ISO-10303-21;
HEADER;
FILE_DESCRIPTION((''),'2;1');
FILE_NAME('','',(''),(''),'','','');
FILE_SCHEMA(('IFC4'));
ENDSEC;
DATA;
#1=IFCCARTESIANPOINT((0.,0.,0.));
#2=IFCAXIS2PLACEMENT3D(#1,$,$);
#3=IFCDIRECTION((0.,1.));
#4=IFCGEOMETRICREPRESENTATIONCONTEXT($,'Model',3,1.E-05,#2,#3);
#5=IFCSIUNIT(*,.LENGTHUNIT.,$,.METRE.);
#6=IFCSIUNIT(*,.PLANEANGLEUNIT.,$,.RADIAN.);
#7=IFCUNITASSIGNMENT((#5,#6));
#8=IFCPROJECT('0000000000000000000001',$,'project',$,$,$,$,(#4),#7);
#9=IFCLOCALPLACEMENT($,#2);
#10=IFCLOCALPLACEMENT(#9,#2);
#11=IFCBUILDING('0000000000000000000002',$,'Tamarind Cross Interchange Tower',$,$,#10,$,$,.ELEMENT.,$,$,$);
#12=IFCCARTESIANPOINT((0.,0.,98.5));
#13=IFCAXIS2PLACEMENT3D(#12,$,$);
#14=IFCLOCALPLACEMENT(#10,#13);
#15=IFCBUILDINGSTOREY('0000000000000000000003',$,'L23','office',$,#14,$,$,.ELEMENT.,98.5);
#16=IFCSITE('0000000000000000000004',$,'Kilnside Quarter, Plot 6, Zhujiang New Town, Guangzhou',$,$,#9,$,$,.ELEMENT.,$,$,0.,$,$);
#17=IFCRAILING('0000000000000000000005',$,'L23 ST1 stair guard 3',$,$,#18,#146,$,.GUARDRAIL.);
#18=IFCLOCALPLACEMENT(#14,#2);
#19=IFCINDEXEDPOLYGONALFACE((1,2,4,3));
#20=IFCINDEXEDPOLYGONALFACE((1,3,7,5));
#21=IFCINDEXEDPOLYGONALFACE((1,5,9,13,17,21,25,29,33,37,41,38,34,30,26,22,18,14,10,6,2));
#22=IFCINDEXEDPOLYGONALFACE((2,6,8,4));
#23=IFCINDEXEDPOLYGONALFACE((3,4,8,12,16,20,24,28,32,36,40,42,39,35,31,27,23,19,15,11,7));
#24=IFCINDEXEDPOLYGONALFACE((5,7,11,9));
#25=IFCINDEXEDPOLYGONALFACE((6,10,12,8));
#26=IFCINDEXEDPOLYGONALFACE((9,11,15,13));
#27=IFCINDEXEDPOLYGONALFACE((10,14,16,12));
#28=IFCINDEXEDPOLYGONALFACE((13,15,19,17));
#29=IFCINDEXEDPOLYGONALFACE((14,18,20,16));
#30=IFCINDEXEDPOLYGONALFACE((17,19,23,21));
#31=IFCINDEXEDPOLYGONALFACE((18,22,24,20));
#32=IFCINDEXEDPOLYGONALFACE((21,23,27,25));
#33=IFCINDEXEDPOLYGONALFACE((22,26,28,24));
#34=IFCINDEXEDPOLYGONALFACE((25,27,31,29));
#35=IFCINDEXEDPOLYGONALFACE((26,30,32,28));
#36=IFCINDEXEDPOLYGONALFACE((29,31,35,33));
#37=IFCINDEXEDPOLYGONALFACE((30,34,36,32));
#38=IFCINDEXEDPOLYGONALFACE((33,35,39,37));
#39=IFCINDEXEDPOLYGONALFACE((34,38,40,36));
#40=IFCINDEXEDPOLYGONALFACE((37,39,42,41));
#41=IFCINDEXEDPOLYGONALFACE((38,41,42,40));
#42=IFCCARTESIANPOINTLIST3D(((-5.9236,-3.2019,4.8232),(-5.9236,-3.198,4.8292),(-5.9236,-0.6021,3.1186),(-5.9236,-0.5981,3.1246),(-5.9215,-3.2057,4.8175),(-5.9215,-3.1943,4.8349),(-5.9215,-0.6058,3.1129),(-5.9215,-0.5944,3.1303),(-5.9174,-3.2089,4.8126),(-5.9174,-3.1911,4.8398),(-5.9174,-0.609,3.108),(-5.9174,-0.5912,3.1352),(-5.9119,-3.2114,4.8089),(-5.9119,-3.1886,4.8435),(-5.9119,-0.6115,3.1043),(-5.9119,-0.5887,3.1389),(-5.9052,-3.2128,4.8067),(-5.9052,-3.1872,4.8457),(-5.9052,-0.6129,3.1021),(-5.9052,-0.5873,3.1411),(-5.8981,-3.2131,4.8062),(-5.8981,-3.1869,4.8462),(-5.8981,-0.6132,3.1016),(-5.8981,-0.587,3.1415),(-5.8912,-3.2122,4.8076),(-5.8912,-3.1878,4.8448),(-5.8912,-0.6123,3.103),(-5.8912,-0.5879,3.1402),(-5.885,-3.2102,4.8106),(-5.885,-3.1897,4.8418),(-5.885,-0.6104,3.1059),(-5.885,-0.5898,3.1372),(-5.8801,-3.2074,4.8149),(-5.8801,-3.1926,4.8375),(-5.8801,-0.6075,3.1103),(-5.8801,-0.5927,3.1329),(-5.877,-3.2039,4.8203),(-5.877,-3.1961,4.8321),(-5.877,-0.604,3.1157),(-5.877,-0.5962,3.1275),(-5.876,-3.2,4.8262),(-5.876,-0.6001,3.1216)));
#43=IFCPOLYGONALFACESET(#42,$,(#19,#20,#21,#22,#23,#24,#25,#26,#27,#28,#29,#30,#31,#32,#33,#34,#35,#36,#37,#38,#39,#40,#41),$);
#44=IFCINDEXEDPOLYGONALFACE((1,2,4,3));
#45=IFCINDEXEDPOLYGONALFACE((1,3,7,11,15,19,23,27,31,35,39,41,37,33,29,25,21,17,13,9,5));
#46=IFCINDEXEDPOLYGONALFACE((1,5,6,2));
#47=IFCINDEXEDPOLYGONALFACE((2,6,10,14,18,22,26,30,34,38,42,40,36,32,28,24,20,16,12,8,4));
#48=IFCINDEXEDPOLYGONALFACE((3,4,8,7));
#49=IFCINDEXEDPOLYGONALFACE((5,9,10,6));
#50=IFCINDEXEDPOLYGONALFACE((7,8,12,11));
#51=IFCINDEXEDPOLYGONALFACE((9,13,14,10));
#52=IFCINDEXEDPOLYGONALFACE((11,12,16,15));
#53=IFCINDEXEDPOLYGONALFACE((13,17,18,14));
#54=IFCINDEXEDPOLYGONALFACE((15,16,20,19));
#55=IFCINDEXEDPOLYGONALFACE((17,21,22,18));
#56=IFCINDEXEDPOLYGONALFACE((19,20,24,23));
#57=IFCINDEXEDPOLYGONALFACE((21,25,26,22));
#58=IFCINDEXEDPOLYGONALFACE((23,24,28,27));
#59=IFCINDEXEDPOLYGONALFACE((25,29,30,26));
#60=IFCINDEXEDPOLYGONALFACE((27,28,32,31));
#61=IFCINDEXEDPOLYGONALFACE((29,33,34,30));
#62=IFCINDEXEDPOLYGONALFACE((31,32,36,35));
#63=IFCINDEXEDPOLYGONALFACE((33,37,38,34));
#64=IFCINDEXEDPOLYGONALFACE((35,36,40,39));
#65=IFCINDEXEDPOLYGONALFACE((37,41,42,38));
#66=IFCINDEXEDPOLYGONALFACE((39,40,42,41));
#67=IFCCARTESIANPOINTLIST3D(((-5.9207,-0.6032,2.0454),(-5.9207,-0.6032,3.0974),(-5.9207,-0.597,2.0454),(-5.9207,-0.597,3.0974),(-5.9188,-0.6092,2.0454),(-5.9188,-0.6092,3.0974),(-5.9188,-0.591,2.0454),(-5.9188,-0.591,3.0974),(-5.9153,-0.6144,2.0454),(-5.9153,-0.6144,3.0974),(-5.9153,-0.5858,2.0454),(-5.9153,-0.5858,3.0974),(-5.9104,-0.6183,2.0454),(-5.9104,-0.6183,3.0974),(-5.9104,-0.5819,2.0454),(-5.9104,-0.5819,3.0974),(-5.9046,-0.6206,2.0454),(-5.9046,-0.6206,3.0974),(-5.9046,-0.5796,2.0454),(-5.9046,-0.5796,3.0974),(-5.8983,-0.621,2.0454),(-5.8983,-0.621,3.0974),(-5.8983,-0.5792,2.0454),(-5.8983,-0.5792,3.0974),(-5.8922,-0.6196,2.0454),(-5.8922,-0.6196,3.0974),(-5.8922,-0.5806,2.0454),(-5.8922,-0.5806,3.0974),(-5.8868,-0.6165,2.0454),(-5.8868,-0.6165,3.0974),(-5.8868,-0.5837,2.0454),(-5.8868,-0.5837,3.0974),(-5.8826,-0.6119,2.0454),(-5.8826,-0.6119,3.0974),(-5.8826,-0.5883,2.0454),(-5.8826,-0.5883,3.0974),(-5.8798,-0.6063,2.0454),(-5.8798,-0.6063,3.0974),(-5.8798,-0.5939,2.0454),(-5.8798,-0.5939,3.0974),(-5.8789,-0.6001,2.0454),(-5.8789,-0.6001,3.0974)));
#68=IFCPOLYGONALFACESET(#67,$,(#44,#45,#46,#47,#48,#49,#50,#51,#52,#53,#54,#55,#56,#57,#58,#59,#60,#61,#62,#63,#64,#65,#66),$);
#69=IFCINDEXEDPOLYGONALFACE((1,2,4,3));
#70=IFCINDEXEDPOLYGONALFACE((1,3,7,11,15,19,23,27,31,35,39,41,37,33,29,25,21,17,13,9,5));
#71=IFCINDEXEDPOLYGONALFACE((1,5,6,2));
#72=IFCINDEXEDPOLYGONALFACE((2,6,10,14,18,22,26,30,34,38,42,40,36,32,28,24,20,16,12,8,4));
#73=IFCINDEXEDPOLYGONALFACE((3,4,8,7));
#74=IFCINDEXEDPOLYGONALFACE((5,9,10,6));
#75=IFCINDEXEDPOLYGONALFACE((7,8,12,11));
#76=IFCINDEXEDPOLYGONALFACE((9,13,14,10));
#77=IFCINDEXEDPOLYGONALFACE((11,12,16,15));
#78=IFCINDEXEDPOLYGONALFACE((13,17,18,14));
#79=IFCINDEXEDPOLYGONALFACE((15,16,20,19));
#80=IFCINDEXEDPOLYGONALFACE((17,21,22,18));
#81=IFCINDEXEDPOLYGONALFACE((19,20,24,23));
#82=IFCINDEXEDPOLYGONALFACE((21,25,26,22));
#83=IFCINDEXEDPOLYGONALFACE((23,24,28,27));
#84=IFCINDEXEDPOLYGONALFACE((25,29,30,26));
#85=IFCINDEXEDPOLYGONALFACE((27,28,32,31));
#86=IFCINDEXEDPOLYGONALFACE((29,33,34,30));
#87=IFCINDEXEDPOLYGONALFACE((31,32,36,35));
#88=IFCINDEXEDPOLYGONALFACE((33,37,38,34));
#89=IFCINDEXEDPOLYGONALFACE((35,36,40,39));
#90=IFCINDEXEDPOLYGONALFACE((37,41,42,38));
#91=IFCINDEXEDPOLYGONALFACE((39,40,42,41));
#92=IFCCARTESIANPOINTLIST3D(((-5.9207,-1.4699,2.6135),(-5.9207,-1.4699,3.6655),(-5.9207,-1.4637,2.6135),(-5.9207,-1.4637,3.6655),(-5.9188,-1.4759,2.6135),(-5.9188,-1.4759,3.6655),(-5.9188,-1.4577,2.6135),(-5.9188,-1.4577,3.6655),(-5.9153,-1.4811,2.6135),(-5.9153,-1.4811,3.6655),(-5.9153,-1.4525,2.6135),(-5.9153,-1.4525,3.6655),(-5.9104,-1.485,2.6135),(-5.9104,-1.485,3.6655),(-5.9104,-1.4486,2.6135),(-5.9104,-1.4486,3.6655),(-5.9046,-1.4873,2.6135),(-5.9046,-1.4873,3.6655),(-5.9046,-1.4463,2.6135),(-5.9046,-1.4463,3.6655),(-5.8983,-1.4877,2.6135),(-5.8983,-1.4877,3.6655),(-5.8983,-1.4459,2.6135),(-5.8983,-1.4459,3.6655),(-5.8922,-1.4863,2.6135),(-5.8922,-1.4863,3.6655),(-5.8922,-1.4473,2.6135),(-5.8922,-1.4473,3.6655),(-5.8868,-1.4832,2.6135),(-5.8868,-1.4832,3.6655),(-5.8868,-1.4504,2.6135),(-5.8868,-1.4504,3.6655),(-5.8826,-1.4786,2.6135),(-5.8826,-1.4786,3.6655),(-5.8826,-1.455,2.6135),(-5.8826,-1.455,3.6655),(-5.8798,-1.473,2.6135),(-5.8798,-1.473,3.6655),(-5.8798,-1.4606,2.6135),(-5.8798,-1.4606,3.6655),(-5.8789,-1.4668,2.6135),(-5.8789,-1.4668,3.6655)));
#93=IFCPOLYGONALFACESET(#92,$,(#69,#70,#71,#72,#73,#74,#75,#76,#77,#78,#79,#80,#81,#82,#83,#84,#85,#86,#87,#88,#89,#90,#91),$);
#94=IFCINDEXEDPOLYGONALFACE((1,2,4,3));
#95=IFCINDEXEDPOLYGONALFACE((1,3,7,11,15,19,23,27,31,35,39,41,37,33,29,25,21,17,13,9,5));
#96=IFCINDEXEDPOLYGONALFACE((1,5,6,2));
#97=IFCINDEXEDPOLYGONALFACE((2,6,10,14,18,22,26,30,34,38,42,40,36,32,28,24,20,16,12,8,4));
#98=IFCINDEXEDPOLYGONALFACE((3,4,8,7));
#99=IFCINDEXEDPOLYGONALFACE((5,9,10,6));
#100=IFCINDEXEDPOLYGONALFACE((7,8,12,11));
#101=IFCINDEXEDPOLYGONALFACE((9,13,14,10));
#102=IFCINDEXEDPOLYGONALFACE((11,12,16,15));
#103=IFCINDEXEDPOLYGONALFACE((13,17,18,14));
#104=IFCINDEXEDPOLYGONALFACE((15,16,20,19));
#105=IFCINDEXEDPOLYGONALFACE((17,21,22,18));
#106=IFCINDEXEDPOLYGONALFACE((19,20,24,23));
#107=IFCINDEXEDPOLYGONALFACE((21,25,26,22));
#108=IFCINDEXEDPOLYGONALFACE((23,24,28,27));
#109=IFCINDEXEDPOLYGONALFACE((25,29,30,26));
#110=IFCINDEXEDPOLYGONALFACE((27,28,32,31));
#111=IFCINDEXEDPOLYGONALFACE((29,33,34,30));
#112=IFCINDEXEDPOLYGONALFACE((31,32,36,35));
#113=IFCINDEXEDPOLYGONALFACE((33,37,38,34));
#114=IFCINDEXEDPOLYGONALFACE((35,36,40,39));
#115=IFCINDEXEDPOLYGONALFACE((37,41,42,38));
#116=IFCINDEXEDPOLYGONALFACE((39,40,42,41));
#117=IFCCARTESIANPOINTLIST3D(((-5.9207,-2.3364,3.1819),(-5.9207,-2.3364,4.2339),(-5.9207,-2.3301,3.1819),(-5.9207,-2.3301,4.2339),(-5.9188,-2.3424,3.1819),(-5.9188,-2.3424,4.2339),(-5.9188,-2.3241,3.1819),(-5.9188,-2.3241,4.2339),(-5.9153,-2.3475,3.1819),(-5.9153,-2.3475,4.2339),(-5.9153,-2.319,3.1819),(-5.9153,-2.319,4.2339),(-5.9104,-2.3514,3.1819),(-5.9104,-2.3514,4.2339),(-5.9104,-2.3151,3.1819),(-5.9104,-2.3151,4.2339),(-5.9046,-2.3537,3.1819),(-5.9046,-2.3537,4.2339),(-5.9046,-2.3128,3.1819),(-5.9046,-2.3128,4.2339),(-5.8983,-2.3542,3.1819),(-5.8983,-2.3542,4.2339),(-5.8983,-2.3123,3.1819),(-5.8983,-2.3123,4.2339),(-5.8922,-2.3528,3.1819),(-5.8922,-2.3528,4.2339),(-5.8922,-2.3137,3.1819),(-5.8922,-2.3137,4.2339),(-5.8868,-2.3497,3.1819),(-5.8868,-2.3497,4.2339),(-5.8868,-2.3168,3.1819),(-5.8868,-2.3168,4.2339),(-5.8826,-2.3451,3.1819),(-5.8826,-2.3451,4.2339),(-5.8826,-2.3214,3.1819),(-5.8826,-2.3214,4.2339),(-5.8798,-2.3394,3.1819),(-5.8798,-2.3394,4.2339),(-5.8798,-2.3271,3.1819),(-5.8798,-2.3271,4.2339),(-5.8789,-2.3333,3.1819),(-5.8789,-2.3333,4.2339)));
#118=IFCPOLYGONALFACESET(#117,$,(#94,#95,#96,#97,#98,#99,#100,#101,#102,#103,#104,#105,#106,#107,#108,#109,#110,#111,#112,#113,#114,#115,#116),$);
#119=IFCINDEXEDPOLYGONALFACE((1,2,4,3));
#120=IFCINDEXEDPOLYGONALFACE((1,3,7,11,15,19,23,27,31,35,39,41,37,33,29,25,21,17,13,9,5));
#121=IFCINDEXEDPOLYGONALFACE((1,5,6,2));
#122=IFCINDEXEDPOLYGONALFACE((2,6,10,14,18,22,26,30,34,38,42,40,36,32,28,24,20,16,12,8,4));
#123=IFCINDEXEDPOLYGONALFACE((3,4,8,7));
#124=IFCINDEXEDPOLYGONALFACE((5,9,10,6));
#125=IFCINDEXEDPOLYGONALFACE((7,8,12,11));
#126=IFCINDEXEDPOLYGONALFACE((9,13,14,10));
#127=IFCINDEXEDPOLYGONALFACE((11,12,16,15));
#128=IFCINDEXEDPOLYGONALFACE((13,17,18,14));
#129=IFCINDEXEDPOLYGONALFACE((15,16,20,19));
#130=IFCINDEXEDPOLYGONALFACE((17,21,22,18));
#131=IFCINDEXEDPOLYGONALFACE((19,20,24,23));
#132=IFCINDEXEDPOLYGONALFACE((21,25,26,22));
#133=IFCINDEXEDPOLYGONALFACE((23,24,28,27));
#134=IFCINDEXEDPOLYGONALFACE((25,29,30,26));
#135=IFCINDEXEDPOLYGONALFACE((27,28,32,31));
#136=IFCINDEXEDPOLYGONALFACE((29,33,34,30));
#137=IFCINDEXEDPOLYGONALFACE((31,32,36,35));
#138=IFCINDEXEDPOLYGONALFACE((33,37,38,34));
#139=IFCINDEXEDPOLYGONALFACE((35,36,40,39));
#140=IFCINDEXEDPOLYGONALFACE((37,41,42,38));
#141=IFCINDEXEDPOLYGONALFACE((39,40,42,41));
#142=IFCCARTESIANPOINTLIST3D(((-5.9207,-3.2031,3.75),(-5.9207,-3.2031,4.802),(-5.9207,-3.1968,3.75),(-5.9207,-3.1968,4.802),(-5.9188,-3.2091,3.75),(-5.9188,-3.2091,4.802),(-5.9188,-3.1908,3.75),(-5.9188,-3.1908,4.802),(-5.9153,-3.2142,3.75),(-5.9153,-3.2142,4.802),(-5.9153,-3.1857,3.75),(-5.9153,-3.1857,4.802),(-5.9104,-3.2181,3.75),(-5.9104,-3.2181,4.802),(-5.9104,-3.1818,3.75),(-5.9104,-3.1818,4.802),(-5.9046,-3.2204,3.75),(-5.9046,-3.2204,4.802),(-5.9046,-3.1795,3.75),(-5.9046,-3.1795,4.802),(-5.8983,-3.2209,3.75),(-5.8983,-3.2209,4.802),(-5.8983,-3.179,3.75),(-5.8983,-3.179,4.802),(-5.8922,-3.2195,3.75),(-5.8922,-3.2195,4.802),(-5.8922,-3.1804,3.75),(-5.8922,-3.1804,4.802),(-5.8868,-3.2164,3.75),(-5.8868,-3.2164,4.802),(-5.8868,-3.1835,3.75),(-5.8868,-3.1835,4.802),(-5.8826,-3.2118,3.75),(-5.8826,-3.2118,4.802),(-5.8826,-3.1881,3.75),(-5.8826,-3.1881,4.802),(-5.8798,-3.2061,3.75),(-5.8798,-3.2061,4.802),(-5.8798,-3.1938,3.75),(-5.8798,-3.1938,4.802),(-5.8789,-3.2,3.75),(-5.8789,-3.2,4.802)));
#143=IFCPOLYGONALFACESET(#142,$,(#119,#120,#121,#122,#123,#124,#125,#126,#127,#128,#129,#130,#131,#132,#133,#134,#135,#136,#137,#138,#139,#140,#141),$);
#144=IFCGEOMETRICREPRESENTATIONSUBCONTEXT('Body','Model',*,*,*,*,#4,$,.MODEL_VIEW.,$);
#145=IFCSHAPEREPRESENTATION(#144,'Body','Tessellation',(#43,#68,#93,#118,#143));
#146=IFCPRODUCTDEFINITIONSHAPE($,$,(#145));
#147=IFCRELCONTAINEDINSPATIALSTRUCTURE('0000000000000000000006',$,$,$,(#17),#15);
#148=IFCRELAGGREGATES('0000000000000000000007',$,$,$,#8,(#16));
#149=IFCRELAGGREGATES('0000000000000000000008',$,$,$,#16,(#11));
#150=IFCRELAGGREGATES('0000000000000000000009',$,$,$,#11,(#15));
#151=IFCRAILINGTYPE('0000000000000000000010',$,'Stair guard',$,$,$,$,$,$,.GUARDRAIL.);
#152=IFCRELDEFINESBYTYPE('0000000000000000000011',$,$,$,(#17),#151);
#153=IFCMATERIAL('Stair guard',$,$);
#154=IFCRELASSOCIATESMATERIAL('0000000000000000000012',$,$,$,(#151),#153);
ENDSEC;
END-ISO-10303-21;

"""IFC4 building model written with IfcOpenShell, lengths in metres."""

from ifc_helpers import new_model, si_unit, direction, frame, origin, origin_2d, place, context, subcontext, project, spatial, circle, extrude, material, type_object, element, save


model = new_model("IFC4")

# Units and contexts
model_context = context("Model", 3, precision=1e-05, world=origin(), true_north=direction((0.0, 1.0)))
body_context = subcontext(model_context, "Body", "Model", "MODEL_VIEW")
ifc_project = project(units=[si_unit("LENGTHUNIT", "METRE"), si_unit("PLANEANGLEUNIT", "RADIAN")], contexts=[model_context])

# Site, building, storey
site_placement = place(None, origin())
site = spatial("IfcSite", under=ifc_project, at=site_placement, Name="Kilnside Quarter, Plot 6, Zhujiang New Town, Guangzhou", CompositionType="ELEMENT", RefElevation=0.0)
building_placement = place(site_placement, origin())
building = spatial("IfcBuilding", under=site, at=building_placement, Name="Tamarind Cross Interchange Tower", CompositionType="ELEMENT")
storey_placement = place(building_placement, frame((0.0, 0.0, 98.5)))
storey = spatial("IfcBuildingStorey", under=building, at=storey_placement, Name="L23", Description="office", CompositionType="ELEMENT", Elevation=98.5)

# Railing
ifc_material_1 = material(Name="Stair guard")
railing_type_1 = type_object("IfcRailingType", Name="Stair guard", PredefinedType="GUARDRAIL", material=ifc_material_1)
railing_1_placement = place(storey_placement, frame((-5.8999, -0.6001, 2.0454)))
element("IfcRailing", 1, at=railing_1_placement, inside=storey, type_object=railing_type_1, Name="L23 ST1 stair guard 3", PredefinedType="GUARDRAIL", context=body_context, shape_type="SweptSolid", body=[
    extrude(circle(Radius=0.0239, at=origin_2d()), frame((0.0, 0.0, 1.0762), z_axis=(0.0, -0.836279, 0.548305), x_axis=(1.0, 0.0, 0.0)), (0.0, 0.0, 1.0), 3.1089),
    extrude(circle(Radius=0.021, at=origin_2d()), origin(), (0.0, 0.0, 1.0), 1.052),
    extrude(circle(Radius=0.021, at=origin_2d()), frame((0.0, -0.8667, 0.5681)), (0.0, 0.0, 1.0), 1.052),
    extrude(circle(Radius=0.021, at=origin_2d()), frame((0.0, -1.7332, 1.1365)), (0.0, 0.0, 1.0), 1.052),
    extrude(circle(Radius=0.021, at=origin_2d()), frame((0.0, -2.5999, 1.7046)), (0.0, 0.0, 1.0), 1.052),
])

save(model, "model.ifc")
